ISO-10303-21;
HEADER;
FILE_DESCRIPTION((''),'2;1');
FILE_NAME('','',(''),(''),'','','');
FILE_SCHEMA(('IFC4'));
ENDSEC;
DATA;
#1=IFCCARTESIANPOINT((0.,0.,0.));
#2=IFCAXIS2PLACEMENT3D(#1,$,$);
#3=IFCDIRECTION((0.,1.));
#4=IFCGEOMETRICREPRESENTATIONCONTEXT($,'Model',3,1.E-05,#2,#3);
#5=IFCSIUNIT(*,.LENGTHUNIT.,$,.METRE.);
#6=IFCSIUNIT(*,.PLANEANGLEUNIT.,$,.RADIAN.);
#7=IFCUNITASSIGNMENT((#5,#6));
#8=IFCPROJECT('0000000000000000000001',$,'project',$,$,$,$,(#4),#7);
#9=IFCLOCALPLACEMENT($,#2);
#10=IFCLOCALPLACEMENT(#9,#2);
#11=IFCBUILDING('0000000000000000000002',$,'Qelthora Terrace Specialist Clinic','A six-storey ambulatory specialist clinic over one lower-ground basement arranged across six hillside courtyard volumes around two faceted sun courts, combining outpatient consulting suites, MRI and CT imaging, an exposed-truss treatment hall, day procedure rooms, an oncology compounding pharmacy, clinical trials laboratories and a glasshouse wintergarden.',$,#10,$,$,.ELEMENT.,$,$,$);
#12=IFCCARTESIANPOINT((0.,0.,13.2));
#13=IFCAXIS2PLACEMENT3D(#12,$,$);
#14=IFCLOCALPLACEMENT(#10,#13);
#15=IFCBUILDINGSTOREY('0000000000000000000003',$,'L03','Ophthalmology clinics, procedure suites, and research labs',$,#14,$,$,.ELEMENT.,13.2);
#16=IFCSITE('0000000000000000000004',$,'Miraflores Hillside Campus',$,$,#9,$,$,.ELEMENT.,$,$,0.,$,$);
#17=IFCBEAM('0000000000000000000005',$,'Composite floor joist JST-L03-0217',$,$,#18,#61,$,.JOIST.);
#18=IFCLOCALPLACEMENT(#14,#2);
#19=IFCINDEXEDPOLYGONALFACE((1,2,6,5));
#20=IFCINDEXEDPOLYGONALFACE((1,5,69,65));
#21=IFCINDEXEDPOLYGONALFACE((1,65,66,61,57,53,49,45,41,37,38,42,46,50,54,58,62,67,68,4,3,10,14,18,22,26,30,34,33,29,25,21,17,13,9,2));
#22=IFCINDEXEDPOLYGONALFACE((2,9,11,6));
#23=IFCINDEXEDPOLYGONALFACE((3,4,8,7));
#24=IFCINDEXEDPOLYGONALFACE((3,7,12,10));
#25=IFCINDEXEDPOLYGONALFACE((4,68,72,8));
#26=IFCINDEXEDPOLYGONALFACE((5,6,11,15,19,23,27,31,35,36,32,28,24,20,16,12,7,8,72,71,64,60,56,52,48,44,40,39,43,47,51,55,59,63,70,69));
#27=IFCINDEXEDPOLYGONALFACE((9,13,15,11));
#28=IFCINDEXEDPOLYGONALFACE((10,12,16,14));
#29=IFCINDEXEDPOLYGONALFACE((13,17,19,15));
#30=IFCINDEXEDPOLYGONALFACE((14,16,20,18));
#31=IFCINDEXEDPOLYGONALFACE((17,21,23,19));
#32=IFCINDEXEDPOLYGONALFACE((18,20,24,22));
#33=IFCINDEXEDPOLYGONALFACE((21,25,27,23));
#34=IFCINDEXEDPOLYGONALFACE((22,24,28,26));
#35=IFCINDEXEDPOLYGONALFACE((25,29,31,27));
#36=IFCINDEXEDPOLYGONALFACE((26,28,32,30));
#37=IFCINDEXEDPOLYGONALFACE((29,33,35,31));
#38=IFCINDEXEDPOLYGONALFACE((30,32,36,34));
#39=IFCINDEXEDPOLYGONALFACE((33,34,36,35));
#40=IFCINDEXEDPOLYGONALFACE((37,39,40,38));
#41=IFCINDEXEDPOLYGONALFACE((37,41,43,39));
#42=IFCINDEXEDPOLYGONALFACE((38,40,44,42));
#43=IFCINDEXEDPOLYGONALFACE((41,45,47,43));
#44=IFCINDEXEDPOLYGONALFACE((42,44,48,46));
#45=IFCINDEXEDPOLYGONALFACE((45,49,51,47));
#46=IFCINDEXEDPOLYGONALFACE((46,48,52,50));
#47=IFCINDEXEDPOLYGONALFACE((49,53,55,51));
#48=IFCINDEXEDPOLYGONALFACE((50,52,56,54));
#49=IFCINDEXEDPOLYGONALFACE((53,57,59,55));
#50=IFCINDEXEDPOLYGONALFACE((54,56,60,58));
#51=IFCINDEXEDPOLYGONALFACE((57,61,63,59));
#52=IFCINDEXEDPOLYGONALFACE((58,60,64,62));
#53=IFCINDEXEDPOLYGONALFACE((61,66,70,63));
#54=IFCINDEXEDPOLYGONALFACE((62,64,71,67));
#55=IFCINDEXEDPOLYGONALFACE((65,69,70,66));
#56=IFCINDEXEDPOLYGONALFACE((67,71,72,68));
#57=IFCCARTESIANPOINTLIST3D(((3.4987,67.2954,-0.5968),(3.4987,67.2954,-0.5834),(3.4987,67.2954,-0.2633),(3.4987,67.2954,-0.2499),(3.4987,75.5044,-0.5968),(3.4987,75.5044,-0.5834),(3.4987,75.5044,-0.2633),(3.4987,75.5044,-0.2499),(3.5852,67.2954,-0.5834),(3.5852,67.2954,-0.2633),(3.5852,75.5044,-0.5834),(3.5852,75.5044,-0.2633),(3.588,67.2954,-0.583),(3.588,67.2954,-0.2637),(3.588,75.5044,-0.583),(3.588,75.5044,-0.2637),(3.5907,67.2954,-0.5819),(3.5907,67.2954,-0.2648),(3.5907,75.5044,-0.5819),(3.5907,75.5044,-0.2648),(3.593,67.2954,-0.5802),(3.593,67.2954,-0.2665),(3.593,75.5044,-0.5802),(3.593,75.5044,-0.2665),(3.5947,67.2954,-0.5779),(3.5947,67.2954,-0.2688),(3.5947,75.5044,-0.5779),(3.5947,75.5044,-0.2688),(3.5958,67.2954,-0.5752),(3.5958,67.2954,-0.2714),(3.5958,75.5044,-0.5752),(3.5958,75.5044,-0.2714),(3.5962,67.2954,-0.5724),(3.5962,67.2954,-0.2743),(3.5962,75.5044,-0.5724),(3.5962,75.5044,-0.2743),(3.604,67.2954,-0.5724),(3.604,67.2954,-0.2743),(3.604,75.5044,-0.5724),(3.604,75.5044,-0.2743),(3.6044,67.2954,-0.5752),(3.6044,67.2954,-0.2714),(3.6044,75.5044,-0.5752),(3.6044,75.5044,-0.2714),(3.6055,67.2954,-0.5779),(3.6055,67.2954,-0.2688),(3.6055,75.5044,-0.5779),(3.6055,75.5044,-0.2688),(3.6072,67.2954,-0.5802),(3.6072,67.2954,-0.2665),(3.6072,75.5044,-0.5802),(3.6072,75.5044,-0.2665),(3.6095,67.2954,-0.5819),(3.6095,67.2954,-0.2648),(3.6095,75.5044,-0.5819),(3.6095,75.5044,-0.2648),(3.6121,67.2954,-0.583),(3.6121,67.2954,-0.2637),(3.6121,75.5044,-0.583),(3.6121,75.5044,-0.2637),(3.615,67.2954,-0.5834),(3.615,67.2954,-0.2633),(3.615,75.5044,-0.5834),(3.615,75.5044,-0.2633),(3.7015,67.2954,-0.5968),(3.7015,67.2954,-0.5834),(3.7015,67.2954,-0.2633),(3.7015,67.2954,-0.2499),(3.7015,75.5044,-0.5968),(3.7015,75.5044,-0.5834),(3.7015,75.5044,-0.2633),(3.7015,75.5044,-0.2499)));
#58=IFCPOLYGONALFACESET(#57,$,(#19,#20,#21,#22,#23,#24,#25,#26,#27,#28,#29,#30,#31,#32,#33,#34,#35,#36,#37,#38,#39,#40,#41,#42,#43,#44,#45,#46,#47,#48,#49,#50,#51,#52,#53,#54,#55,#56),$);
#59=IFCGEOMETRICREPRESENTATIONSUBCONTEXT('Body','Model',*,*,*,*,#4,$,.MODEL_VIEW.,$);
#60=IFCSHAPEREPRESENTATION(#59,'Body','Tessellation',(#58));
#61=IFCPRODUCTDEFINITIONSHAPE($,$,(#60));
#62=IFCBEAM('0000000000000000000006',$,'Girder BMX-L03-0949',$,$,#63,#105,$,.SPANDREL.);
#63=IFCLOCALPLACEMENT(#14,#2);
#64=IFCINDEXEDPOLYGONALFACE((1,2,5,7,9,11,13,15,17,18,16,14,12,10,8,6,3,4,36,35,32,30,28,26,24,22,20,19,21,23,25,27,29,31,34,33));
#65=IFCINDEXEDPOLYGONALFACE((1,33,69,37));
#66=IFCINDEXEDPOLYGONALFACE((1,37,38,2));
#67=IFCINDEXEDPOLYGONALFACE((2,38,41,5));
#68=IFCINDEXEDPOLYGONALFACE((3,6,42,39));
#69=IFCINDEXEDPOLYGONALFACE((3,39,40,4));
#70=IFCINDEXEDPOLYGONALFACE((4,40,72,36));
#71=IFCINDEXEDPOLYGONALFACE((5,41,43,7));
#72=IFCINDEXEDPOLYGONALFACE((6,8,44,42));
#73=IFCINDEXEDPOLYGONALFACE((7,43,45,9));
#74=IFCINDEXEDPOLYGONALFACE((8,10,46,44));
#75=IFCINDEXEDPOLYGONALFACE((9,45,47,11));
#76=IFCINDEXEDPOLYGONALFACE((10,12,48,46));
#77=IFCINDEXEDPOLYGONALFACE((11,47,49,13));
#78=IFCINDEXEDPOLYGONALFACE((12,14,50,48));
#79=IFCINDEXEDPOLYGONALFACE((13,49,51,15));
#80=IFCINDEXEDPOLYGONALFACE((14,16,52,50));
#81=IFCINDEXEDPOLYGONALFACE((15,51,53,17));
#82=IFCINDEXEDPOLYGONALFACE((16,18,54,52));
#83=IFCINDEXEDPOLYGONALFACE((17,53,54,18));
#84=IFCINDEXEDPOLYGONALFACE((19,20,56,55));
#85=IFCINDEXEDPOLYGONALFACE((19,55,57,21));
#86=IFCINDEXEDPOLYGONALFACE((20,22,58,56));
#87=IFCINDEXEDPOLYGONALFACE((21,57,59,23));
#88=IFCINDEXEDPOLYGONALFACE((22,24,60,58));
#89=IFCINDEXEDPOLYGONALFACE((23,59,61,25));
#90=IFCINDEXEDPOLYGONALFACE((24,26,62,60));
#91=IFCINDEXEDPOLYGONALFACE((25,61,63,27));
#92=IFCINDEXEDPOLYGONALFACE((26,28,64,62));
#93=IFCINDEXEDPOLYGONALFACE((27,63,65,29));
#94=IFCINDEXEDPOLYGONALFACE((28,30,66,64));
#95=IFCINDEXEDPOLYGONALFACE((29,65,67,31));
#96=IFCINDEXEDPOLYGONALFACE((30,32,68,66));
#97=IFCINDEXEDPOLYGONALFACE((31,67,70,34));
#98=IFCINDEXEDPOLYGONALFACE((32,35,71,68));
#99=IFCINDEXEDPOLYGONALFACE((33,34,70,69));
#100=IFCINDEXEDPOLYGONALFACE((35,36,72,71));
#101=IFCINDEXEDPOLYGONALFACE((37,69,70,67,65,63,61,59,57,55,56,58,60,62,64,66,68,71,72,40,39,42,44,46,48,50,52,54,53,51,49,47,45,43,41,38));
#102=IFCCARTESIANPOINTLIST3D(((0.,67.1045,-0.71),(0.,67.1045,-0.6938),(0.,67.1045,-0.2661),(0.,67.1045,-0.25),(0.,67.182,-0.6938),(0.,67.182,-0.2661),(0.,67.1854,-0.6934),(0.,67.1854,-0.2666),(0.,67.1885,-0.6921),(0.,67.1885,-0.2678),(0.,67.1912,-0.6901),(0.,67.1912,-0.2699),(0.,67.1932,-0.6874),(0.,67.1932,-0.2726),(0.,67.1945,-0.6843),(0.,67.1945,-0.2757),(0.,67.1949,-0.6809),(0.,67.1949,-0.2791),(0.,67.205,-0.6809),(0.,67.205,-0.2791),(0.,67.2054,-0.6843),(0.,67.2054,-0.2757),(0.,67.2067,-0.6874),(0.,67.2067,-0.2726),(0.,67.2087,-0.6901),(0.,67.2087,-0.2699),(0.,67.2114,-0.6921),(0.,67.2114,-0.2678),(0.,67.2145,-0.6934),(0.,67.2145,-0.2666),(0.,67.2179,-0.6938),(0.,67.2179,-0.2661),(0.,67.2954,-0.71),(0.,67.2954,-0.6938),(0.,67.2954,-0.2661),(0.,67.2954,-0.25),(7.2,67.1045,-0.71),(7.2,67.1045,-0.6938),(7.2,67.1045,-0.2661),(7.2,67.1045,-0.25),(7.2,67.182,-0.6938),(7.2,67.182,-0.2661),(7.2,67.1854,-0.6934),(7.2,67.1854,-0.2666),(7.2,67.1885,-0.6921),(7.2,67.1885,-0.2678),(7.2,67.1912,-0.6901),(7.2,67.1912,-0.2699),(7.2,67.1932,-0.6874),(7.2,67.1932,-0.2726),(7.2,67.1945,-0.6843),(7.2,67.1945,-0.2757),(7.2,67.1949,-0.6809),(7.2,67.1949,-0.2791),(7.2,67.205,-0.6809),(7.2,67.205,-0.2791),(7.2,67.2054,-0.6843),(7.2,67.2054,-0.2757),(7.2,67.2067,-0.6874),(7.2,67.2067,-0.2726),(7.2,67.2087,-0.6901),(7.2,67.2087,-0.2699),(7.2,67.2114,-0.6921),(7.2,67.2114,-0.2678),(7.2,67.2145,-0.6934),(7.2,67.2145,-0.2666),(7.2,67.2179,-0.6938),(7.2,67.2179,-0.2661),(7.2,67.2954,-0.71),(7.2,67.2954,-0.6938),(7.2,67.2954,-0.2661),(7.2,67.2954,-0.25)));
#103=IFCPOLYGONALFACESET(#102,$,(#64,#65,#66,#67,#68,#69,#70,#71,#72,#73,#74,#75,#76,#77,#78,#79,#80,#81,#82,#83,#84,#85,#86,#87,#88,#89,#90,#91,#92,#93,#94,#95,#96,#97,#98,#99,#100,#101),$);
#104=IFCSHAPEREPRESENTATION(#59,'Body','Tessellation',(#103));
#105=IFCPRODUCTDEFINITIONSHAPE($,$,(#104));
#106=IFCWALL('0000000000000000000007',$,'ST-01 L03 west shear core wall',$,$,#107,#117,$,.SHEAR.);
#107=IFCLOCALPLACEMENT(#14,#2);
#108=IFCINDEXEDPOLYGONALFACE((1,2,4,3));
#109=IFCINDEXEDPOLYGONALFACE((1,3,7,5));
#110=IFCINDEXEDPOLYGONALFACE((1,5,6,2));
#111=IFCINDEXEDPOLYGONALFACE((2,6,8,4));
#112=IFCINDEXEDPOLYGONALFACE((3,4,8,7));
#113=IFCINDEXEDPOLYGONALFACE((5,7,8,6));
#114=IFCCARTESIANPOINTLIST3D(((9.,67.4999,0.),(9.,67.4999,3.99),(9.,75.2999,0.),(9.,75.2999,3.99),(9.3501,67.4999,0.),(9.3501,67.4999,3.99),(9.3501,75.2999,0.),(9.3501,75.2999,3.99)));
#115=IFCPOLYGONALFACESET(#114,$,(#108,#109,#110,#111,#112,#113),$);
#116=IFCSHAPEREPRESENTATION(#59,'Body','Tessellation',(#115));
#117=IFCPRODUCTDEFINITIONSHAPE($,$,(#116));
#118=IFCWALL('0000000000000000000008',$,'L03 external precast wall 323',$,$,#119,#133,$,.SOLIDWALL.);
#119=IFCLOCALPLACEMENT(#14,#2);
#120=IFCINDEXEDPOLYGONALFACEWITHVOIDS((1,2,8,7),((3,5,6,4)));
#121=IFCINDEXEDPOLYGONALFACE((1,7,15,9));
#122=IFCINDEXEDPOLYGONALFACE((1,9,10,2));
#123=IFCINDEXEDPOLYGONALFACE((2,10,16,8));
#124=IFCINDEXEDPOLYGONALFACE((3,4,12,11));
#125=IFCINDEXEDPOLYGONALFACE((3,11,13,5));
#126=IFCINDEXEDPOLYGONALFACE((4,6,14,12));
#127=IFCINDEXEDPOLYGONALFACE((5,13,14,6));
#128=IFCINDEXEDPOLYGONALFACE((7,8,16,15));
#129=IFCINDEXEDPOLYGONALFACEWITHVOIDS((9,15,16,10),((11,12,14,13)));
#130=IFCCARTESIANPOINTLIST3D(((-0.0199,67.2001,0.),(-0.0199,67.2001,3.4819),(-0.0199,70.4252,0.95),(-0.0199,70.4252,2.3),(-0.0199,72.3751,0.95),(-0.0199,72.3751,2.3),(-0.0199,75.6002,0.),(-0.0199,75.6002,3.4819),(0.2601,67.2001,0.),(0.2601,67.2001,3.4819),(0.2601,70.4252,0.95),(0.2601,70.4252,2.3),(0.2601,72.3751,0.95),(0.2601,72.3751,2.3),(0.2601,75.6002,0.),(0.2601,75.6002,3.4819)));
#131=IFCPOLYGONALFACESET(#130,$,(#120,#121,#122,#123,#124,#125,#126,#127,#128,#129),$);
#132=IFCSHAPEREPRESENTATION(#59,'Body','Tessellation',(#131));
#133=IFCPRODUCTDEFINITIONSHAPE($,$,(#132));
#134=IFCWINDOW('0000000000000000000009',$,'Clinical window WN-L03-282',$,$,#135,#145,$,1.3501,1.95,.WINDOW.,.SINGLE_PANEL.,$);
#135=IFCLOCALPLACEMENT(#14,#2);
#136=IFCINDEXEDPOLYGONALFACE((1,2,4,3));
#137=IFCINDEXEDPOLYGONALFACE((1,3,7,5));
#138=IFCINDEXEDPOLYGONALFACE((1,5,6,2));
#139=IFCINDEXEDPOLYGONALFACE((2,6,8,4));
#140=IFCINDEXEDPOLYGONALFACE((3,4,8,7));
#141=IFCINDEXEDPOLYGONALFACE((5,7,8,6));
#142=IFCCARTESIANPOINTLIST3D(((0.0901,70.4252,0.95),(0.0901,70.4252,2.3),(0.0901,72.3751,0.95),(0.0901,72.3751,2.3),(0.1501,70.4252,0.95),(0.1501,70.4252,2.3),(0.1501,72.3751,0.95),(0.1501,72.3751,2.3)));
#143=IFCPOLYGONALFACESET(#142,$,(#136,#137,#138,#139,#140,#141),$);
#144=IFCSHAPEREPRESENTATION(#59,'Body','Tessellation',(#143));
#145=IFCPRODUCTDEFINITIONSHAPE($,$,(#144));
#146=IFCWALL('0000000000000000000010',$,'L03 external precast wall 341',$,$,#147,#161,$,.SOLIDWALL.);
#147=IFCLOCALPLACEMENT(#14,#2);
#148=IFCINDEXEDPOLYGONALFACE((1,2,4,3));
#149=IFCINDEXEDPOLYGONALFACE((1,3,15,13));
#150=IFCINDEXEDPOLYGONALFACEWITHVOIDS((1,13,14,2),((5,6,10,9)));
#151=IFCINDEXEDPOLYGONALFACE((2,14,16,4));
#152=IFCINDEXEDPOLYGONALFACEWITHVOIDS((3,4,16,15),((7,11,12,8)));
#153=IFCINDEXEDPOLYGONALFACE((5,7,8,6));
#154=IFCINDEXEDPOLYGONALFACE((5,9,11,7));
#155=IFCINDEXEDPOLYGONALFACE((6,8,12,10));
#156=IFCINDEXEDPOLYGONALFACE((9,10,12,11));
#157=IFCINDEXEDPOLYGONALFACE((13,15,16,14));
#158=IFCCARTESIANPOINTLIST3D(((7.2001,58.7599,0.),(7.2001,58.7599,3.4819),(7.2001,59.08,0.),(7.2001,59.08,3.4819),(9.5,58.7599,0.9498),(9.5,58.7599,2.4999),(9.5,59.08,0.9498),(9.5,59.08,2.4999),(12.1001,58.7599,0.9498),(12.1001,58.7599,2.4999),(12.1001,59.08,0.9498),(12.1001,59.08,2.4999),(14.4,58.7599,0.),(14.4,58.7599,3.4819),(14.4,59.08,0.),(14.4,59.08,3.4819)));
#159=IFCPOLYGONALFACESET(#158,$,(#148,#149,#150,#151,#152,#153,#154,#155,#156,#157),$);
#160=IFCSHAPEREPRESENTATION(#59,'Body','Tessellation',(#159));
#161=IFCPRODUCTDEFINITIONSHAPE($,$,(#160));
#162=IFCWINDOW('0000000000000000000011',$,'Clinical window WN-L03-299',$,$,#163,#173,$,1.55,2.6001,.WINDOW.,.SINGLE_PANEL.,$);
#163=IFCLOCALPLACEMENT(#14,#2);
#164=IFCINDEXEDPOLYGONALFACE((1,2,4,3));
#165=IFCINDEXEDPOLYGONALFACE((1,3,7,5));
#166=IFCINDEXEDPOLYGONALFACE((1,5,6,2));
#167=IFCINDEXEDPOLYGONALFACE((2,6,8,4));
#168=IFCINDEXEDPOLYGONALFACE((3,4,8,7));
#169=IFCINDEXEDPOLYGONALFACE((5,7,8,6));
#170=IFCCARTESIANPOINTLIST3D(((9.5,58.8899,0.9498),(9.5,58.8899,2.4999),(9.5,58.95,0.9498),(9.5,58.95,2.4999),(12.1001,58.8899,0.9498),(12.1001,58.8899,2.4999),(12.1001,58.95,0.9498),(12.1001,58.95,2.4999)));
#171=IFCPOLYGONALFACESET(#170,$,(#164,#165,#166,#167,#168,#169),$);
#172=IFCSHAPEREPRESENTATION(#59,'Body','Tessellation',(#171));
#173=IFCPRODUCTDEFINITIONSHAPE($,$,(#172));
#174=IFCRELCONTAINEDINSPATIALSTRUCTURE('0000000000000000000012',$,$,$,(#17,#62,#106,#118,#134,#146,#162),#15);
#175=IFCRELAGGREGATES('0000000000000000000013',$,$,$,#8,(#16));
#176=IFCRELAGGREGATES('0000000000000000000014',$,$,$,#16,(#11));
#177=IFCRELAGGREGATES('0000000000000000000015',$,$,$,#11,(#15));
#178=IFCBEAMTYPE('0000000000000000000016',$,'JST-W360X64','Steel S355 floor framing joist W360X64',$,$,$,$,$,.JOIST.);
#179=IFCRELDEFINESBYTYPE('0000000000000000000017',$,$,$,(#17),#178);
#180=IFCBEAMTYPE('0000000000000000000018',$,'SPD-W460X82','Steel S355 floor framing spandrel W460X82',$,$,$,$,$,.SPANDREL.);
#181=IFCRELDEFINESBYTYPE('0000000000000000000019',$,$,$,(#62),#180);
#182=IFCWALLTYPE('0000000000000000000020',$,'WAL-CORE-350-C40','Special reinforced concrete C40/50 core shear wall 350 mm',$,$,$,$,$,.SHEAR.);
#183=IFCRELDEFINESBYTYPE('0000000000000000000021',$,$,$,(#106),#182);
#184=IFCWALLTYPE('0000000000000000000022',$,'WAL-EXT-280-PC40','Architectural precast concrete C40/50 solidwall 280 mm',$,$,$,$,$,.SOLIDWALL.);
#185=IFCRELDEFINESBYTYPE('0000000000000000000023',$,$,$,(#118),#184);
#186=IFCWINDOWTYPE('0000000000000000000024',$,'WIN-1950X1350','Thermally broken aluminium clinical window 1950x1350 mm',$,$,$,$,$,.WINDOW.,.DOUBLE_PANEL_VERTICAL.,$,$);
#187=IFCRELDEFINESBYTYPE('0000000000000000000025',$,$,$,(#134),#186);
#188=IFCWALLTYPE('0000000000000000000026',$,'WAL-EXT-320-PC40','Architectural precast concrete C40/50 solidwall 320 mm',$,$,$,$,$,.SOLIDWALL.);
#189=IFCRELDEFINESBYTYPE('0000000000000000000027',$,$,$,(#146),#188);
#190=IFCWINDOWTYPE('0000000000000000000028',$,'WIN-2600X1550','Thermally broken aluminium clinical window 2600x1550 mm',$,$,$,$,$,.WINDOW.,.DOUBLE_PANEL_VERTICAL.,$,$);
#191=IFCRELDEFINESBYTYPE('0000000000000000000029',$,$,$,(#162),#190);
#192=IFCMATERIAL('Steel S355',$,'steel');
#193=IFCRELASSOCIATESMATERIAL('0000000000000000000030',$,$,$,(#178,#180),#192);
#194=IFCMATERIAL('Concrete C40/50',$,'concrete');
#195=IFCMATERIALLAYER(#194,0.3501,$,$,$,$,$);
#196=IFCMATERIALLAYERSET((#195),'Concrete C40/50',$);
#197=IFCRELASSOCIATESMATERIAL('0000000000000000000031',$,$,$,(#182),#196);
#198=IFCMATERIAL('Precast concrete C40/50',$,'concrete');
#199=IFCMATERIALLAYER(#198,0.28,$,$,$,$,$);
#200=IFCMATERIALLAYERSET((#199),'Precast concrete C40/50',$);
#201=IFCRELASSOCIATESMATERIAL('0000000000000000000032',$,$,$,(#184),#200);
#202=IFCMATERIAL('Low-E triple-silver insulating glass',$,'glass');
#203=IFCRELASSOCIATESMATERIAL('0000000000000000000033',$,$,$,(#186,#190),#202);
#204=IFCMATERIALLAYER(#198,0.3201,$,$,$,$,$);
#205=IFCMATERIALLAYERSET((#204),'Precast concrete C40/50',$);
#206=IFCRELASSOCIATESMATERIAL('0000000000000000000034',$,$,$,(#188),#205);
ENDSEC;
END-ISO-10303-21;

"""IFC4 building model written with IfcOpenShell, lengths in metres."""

from ifc_helpers import new_model, si_unit, direction, frame, frame_2d, origin, origin_2d, place, context, subcontext, project, spatial, rectangle, i_section, extrude, material, layer, layer_set, material_profile, profile_set, type_object, element, fill, save


model = new_model("IFC4")

# Units and contexts
model_context = context("Model", 3, precision=1e-05, world=origin(), true_north=direction((0.0, 1.0)))
body_context = subcontext(model_context, "Body", "Model", "MODEL_VIEW")
ifc_project = project(units=[si_unit("LENGTHUNIT", "METRE"), si_unit("PLANEANGLEUNIT", "RADIAN")], contexts=[model_context])

# Site, building, storey
site_placement = place(None, origin())
site = spatial("IfcSite", under=ifc_project, at=site_placement, Name="Miraflores Hillside Campus", CompositionType="ELEMENT", RefElevation=0.0)
building_placement = place(site_placement, origin())
building = spatial("IfcBuilding", under=site, at=building_placement, Name="Qelthora Terrace Specialist Clinic", Description="A six-storey ambulatory specialist clinic over one lower-ground basement arranged across six hillside courtyard volumes around two faceted sun courts, combining outpatient consulting suites, MRI and CT imaging, an exposed-truss treatment hall, day procedure rooms, an oncology compounding pharmacy, clinical trials laboratories and a glasshouse wintergarden.", CompositionType="ELEMENT")
storey_placement = place(building_placement, frame((0.0, 0.0, 13.2)))
storey = spatial("IfcBuildingStorey", under=building, at=storey_placement, Name="L03", Description="Ophthalmology clinics, procedure suites, and research labs", CompositionType="ELEMENT", Elevation=13.2)

# Shared definitions
ifc_material_1 = material(Name="Steel S355", Category="steel")

# Beams
ifc_material_profile_1 = material_profile(ifc_material_1, i_section(OverallWidth=0.2029, OverallDepth=0.3469, WebThickness=0.0078, FlangeThickness=0.0134, FilletRadius=0.011, at=origin_2d()), Name="W360X64")
ifc_profile_set_1 = profile_set([ifc_material_profile_1], Name="Steel S355")
beam_type_1 = type_object("IfcBeamType", Name="JST-W360X64", Description="Steel S355 floor framing joist W360X64", PredefinedType="JOIST", material=ifc_profile_set_1)
beam_1_placement = place(storey_placement, frame((3.6001, 67.2954, -0.4233), z_axis=(0.0, 1.0, 0.0), x_axis=(-1.0, 0.0, 0.0)))
element("IfcBeam", 1, at=beam_1_placement, inside=storey, type_object=beam_type_1, Name="Composite floor joist JST-L03-0217", PredefinedType="JOIST", context=body_context, shape_type="SweptSolid", body=[
    extrude(i_section(OverallWidth=0.2029, OverallDepth=0.3469, WebThickness=0.0078, FlangeThickness=0.0134, FilletRadius=0.011, at=origin_2d()), origin(), (0.0, 0.0, 1.0), 8.209),
])
ifc_material_profile_2 = material_profile(ifc_material_1, i_section(OverallWidth=0.1909, OverallDepth=0.46, WebThickness=0.01, FlangeThickness=0.0161, FilletRadius=0.0129, at=origin_2d()), Name="W460X82")
ifc_profile_set_2 = profile_set([ifc_material_profile_2], Name="Steel S355")
beam_type_2 = type_object("IfcBeamType", Name="SPD-W460X82", Description="Steel S355 floor framing spandrel W460X82", PredefinedType="SPANDREL", material=ifc_profile_set_2)
beam_2_placement = place(storey_placement, frame((0.0, 67.2, -0.48), z_axis=(1.0, 0.0, 0.0), x_axis=(0.0, 1.0, 0.0)))
element("IfcBeam", 2, at=beam_2_placement, inside=storey, type_object=beam_type_2, Name="Girder BMX-L03-0949", PredefinedType="SPANDREL", context=body_context, shape_type="SweptSolid", body=[
    extrude(i_section(OverallWidth=0.1909, OverallDepth=0.46, WebThickness=0.01, FlangeThickness=0.0161, FilletRadius=0.0129, at=origin_2d()), origin(), (0.0, 0.0, 1.0), 7.2),
])

# Wall
ifc_material_2 = material(Name="Concrete C40/50", Category="concrete")
ifc_layer_1 = layer(ifc_material_2, 0.3501)
ifc_layer_set_1 = layer_set([ifc_layer_1], Name="Concrete C40/50")
wall_type_1 = type_object("IfcWallType", Name="WAL-CORE-350-C40", Description="Special reinforced concrete C40/50 core shear wall 350 mm", PredefinedType="SHEAR", material=ifc_layer_set_1)
wall_1_placement = place(storey_placement, frame((9.175, 67.5, 0.0), z_axis=(0.0, 0.0, 1.0), x_axis=(0.0, 1.0, 0.0)))
element("IfcWall", 3, at=wall_1_placement, inside=storey, type_object=wall_type_1, Name="ST-01 L03 west shear core wall", PredefinedType="SHEAR", context=body_context, shape_type="SweptSolid", body=[
    extrude(rectangle(XDim=7.8, YDim=0.3501, at=frame_2d((3.8999, 0.0))), origin(), (0.0, 0.0, 1.0), 3.99),
])

# Walls, openings, windows
ifc_material_3 = material(Name="Precast concrete C40/50", Category="concrete")
ifc_layer_2 = layer(ifc_material_3, 0.28)
ifc_layer_set_2 = layer_set([ifc_layer_2], Name="Precast concrete C40/50")
wall_type_2 = type_object("IfcWallType", Name="WAL-EXT-280-PC40", Description="Architectural precast concrete C40/50 solidwall 280 mm", PredefinedType="SOLIDWALL", material=ifc_layer_set_2)
wall_2_placement = place(storey_placement, frame((0.1201, 67.2, 0.0), z_axis=(0.0, 0.0, 1.0), x_axis=(0.0, 1.0, 0.0)))
wall_2 = element("IfcWall", 4, at=wall_2_placement, inside=storey, type_object=wall_type_2, Name="L03 external precast wall 323", PredefinedType="SOLIDWALL", context=body_context, shape_type="SweptSolid", body=[
    extrude(rectangle(XDim=8.4001, YDim=0.28, at=frame_2d((4.2002, 0.0))), origin(), (0.0, 0.0, 1.0), 3.4819),
])
opening_1_placement = place(wall_2_placement, frame((3.2251, 0.0, 0.95)))
opening_1 = element("IfcOpeningElement", 5, at=opening_1_placement, cuts=wall_2, PredefinedType="OPENING", context=body_context, shape_type="SweptSolid", body=[
    extrude(rectangle(XDim=1.95, YDim=1.3501, at=frame_2d((0.9751, 0.675))), frame((0.0, 0.1499, 0.0), z_axis=(0.0, -1.0, 0.0), x_axis=(1.0, 0.0, 0.0)), (0.0, 0.0, 1.0), 0.3),
])
ifc_material_4 = material(Name="Low-E triple-silver insulating glass", Category="glass")
window_type_1 = type_object("IfcWindowType", Name="WIN-1950X1350", Description="Thermally broken aluminium clinical window 1950x1350 mm", PartitioningType="DOUBLE_PANEL_VERTICAL", PredefinedType="WINDOW", material=ifc_material_4)
window_1_placement = place(opening_1_placement, origin())
window_1 = element("IfcWindow", 6, at=window_1_placement, inside=storey, type_object=window_type_1, Name="Clinical window WN-L03-282", OverallHeight=1.3501, OverallWidth=1.95, PartitioningType="SINGLE_PANEL", PredefinedType="WINDOW", context=body_context, shape_type="SweptSolid", body=[
    extrude(rectangle(XDim=1.95, YDim=1.3501, at=frame_2d((0.9751, 0.675))), frame((0.0, 0.03, 0.0), z_axis=(0.0, -1.0, 0.0), x_axis=(1.0, 0.0, 0.0)), (0.0, 0.0, 1.0), 0.0601),
])
fill(opening_1, window_1)
ifc_layer_3 = layer(ifc_material_3, 0.3201)
ifc_layer_set_3 = layer_set([ifc_layer_3], Name="Precast concrete C40/50")
wall_type_3 = type_object("IfcWallType", Name="WAL-EXT-320-PC40", Description="Architectural precast concrete C40/50 solidwall 320 mm", PredefinedType="SOLIDWALL", material=ifc_layer_set_3)
wall_3_placement = place(storey_placement, frame((7.2, 58.9199, 0.0), z_axis=(0.0, 0.0, 1.0), x_axis=(1.0, 0.0, 0.0)))
wall_3 = element("IfcWall", 7, at=wall_3_placement, inside=storey, type_object=wall_type_3, Name="L03 external precast wall 341", PredefinedType="SOLIDWALL", context=body_context, shape_type="SweptSolid", body=[
    extrude(rectangle(XDim=7.2, YDim=0.3201, at=frame_2d((3.6001, 0.0))), origin(), (0.0, 0.0, 1.0), 3.4819),
])
opening_2_placement = place(wall_3_placement, frame((2.3, 0.0, 0.95)))
opening_2 = element("IfcOpeningElement", 8, at=opening_2_placement, cuts=wall_3, PredefinedType="OPENING", context=body_context, shape_type="SweptSolid", body=[
    extrude(rectangle(XDim=2.6001, YDim=1.55, at=frame_2d((1.3, 0.7749))), frame((0.0, 0.1699, 0.0), z_axis=(0.0, -1.0, 0.0), x_axis=(1.0, 0.0, 0.0)), (0.0, 0.0, 1.0), 0.3401),
])
window_type_2 = type_object("IfcWindowType", Name="WIN-2600X1550", Description="Thermally broken aluminium clinical window 2600x1550 mm", PartitioningType="DOUBLE_PANEL_VERTICAL", PredefinedType="WINDOW", material=ifc_material_4)
window_2_placement = place(opening_2_placement, origin())
window_2 = element("IfcWindow", 9, at=window_2_placement, inside=storey, type_object=window_type_2, Name="Clinical window WN-L03-299", OverallHeight=1.55, OverallWidth=2.6001, PartitioningType="SINGLE_PANEL", PredefinedType="WINDOW", context=body_context, shape_type="SweptSolid", body=[
    extrude(rectangle(XDim=2.6001, YDim=1.55, at=frame_2d((1.3, 0.7749))), frame((0.0, 0.03, 0.0), z_axis=(0.0, -1.0, 0.0), x_axis=(1.0, 0.0, 0.0)), (0.0, 0.0, 1.0), 0.0601),
])
fill(opening_2, window_2)

save(model, "model.ifc")
